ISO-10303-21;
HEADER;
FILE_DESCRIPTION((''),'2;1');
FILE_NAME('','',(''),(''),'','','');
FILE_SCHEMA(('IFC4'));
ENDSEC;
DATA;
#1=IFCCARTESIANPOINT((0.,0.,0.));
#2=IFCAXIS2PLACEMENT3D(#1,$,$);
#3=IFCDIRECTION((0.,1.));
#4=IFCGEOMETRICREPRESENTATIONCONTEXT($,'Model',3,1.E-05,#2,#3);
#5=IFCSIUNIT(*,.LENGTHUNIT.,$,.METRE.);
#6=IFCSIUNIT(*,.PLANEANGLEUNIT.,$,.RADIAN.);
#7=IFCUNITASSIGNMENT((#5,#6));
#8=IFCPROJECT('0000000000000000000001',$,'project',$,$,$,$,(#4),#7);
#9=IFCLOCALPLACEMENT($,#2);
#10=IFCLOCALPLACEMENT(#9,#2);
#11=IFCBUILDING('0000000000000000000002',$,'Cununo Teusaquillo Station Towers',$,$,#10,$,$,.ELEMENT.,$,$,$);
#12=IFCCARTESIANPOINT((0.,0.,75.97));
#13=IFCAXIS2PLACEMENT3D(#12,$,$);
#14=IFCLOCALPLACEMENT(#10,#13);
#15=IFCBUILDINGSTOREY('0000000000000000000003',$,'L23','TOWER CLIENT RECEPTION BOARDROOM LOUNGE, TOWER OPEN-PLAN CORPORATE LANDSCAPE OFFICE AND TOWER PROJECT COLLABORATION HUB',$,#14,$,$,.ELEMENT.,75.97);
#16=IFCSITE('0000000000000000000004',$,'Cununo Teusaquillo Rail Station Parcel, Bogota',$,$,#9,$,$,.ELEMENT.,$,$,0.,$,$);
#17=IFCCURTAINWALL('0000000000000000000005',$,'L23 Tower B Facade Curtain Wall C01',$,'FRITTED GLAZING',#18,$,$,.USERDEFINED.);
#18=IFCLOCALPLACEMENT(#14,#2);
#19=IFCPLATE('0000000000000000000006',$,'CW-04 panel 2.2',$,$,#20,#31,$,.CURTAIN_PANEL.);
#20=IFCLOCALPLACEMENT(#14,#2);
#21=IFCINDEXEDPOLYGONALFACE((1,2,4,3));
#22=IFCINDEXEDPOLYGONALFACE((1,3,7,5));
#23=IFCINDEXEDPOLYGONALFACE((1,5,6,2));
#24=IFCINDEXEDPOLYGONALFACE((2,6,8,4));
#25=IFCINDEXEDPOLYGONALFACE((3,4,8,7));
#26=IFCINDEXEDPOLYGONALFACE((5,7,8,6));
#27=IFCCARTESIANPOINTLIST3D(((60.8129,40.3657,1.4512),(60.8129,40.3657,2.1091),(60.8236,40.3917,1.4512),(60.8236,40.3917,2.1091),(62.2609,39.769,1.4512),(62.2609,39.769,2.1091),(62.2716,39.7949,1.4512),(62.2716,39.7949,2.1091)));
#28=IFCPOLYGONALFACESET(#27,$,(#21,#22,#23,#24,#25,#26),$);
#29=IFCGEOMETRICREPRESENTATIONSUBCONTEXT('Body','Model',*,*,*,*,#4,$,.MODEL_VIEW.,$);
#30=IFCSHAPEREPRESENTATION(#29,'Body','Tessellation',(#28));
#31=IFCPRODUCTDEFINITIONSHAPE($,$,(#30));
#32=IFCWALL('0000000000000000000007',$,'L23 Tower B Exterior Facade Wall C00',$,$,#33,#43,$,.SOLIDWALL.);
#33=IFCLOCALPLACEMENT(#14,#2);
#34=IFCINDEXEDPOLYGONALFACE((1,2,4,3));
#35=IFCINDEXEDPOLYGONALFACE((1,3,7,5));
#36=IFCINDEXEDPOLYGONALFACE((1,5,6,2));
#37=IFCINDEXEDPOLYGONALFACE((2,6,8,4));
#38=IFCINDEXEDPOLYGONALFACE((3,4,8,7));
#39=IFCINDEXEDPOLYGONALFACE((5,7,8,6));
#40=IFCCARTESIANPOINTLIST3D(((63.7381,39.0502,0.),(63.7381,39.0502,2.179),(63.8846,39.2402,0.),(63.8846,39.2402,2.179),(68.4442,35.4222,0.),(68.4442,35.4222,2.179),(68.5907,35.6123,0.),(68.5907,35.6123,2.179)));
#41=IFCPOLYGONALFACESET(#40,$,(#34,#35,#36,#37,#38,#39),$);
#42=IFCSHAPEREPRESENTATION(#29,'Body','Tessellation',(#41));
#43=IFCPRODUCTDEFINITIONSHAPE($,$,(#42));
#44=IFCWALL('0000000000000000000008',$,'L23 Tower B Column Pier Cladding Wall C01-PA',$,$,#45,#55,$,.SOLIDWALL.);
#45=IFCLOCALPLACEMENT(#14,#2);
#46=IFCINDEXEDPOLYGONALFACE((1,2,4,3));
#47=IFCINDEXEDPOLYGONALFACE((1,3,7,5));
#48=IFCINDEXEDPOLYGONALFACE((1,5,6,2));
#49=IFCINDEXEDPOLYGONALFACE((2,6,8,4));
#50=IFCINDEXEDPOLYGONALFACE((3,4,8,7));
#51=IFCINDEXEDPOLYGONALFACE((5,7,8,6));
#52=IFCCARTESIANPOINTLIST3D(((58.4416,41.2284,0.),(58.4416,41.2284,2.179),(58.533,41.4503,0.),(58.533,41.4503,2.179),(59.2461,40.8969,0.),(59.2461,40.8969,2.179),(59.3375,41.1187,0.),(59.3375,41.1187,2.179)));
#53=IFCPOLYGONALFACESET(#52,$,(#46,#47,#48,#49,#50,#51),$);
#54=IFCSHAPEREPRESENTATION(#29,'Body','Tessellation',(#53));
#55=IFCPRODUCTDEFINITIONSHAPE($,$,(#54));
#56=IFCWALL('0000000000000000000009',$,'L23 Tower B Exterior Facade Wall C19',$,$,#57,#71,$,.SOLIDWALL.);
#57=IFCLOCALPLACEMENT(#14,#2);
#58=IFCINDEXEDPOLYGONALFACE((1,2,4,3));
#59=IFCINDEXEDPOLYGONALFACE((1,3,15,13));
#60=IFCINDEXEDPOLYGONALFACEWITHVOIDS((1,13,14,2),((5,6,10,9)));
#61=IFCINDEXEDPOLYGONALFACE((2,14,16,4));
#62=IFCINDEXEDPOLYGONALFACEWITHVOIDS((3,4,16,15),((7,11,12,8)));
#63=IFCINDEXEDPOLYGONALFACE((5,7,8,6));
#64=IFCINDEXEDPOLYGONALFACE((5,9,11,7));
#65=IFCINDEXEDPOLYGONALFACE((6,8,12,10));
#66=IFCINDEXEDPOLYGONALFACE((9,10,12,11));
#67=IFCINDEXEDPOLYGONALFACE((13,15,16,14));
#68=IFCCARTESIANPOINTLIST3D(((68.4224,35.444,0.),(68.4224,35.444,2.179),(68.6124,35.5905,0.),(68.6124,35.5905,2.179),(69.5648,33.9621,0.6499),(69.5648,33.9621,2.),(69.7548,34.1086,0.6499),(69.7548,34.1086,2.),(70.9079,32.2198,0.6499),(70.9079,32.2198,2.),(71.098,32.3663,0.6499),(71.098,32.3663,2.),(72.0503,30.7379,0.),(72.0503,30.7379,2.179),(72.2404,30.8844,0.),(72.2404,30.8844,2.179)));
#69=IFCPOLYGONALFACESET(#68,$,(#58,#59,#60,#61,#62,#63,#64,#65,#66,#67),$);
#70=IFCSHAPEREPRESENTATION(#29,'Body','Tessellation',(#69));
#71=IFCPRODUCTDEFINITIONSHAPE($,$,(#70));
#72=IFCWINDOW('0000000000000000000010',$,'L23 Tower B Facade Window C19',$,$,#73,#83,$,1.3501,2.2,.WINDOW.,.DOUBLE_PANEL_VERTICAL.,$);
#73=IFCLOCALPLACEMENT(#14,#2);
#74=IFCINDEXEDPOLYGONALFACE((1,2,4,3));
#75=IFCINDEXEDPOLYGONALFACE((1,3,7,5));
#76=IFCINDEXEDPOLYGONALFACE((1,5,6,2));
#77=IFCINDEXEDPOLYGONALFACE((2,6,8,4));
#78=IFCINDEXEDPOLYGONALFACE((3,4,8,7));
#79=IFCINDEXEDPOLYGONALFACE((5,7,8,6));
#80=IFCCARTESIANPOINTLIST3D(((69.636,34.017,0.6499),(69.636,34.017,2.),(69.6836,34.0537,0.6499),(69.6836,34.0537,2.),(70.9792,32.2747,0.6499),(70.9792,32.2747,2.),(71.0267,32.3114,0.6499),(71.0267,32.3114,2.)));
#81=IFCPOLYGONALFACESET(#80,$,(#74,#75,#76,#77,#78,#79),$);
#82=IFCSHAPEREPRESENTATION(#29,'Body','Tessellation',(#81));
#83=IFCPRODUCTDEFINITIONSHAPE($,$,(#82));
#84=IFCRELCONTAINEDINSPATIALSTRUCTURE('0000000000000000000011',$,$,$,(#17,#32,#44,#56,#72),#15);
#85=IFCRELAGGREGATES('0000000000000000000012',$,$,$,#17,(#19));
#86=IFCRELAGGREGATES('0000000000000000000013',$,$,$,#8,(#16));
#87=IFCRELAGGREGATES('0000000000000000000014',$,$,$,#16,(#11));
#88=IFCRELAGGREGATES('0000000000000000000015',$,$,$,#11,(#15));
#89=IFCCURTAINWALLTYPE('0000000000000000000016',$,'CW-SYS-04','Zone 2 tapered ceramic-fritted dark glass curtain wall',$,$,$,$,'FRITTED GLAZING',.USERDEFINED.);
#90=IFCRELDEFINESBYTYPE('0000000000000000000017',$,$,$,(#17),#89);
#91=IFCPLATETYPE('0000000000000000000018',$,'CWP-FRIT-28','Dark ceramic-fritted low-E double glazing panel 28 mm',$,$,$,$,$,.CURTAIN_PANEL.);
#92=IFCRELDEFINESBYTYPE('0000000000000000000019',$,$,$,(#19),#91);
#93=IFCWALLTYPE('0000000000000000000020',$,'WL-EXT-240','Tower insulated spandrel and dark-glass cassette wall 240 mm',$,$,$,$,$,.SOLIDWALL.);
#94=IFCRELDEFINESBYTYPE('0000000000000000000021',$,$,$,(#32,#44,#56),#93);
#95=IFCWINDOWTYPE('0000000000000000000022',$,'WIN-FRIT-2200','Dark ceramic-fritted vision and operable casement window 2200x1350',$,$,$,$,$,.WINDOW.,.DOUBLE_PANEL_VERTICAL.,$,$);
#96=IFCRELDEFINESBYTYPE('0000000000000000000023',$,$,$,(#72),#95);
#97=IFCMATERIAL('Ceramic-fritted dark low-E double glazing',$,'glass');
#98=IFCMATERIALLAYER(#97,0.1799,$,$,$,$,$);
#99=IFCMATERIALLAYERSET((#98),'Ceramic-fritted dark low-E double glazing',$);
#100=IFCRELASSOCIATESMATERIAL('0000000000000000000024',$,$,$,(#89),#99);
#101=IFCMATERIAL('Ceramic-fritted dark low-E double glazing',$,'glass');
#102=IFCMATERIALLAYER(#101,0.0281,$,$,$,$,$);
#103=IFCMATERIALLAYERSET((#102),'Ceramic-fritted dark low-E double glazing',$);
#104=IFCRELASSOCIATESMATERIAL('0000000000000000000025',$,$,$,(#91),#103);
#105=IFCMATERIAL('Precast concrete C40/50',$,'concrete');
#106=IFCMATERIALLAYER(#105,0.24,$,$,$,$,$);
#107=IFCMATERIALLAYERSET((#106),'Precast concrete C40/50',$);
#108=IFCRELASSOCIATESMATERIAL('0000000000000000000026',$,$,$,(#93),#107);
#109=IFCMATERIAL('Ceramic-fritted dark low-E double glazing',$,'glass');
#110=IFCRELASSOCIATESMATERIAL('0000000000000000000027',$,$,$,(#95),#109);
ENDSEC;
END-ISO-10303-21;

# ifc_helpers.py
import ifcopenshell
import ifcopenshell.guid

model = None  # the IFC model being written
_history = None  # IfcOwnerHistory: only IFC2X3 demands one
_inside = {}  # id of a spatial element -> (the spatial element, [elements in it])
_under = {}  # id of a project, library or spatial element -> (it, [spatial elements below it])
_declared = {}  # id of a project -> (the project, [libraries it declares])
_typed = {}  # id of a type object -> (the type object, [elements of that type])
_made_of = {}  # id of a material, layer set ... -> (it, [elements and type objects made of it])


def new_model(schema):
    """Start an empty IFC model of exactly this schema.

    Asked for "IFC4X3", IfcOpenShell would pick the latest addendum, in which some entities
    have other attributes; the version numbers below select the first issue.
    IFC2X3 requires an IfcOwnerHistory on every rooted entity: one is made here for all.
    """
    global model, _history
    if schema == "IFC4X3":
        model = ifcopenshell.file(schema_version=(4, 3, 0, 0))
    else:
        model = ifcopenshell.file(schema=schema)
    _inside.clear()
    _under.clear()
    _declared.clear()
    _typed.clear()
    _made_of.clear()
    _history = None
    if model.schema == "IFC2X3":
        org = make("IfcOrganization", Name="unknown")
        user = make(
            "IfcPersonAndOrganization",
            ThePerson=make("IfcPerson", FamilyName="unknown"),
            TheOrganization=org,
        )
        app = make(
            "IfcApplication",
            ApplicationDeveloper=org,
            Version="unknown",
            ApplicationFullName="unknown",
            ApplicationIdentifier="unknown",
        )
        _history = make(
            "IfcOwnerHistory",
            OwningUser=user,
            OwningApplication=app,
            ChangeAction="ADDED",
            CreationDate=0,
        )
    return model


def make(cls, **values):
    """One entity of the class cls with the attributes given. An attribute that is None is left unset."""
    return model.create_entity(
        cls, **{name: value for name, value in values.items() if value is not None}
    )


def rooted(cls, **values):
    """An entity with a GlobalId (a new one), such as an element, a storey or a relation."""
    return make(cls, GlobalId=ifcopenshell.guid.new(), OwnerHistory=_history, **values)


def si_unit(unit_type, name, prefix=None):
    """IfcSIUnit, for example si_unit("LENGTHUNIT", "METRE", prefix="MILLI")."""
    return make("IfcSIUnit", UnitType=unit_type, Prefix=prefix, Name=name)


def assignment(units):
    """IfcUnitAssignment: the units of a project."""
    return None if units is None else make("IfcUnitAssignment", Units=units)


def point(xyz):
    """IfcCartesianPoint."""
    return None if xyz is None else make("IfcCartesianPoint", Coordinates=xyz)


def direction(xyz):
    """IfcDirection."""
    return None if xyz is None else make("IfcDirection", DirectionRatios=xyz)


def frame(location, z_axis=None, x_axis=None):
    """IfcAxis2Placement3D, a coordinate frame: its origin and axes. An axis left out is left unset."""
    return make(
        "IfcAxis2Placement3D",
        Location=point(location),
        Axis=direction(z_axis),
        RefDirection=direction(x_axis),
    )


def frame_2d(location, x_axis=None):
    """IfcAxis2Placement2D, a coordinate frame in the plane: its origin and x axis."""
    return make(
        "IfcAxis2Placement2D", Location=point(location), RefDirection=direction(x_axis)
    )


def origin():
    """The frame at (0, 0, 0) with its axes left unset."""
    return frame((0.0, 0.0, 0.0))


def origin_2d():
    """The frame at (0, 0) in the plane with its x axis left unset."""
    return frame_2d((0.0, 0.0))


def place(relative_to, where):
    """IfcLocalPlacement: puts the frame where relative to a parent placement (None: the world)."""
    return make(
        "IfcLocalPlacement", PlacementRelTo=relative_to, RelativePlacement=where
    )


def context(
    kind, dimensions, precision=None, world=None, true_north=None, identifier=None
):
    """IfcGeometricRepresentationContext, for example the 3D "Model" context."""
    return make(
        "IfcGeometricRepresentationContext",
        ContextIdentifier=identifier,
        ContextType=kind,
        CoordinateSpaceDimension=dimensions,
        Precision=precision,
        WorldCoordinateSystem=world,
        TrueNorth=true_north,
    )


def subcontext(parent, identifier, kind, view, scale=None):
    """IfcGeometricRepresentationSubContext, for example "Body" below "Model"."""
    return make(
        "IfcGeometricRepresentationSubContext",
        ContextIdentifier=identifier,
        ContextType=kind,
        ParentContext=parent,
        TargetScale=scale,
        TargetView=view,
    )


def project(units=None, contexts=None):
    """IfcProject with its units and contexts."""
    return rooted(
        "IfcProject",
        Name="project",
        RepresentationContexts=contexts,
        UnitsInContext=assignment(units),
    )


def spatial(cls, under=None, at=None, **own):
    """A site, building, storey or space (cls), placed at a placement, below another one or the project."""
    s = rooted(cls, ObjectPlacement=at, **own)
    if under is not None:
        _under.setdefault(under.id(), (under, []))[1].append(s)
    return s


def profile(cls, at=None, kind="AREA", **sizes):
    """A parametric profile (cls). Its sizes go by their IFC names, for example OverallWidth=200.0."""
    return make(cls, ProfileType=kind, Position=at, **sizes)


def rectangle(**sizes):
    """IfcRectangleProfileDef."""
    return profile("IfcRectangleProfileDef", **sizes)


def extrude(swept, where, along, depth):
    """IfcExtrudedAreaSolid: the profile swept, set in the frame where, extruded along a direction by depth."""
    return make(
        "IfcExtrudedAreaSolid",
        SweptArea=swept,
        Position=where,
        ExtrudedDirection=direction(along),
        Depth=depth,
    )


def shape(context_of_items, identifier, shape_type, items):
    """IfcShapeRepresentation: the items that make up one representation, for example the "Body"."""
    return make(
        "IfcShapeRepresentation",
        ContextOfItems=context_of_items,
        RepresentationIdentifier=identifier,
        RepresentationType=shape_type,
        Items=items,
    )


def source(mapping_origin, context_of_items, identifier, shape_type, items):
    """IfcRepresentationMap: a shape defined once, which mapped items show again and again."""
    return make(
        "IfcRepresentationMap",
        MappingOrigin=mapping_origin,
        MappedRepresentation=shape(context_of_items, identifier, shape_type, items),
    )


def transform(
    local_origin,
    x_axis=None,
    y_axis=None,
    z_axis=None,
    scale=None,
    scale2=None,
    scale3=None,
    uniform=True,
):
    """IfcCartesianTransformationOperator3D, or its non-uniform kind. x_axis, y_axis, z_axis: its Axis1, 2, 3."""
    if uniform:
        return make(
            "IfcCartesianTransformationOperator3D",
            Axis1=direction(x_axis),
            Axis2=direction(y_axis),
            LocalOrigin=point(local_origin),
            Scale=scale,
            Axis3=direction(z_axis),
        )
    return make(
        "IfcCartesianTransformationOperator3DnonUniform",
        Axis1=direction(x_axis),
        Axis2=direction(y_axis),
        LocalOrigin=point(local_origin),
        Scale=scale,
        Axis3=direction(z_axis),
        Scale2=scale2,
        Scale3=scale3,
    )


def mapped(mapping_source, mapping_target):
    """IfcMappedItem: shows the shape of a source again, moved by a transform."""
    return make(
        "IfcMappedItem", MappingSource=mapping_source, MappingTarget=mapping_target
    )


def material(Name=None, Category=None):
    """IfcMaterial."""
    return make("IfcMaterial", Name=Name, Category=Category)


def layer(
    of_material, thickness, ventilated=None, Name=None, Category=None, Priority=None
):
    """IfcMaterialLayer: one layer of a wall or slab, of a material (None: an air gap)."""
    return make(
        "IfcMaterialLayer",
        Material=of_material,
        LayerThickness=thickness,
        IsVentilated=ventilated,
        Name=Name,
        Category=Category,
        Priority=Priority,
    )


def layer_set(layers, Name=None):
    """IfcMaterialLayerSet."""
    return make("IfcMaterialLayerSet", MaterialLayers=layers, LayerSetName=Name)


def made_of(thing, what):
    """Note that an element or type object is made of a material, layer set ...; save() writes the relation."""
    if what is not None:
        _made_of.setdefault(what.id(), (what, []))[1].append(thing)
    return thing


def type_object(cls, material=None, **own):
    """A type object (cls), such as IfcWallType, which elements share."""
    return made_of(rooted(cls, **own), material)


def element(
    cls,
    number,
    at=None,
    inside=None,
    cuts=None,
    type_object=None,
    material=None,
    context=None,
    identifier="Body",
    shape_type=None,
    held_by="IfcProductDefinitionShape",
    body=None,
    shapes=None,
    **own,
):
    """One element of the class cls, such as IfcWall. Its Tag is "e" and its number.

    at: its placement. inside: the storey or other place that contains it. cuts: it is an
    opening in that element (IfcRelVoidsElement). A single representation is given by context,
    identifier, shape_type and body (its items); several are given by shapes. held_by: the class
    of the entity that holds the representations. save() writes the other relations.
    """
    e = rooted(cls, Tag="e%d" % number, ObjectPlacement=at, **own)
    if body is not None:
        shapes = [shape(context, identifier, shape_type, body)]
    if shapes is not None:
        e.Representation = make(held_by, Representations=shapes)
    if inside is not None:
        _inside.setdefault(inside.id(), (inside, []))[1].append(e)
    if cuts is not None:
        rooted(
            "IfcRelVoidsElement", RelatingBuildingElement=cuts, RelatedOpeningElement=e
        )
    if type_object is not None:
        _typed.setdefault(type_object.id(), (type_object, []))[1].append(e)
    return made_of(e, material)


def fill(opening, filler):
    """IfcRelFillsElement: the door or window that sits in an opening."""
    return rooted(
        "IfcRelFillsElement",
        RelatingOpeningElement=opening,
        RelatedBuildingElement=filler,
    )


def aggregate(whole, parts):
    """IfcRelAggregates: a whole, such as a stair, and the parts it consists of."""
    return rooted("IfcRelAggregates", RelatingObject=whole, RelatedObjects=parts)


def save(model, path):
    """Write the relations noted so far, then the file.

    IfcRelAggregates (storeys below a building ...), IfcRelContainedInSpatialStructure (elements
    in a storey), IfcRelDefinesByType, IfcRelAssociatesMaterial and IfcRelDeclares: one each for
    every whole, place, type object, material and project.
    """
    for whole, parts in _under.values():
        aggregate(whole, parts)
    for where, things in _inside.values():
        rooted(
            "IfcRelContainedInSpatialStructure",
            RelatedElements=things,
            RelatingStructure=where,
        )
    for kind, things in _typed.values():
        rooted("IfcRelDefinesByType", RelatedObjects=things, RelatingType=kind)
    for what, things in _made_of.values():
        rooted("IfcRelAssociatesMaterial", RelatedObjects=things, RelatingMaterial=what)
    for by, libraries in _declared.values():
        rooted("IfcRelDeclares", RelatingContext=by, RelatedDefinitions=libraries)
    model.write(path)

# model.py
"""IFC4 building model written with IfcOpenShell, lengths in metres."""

from ifc_helpers import new_model, si_unit, direction, frame, frame_2d, origin, origin_2d, place, context, subcontext, project, spatial, rectangle, extrude, source, transform, mapped, material, layer, layer_set, type_object, element, fill, aggregate, save


model = new_model("IFC4")

# Units and contexts
model_context = context("Model", 3, precision=1e-05, world=origin(), true_north=direction((0.0, 1.0)))
body_context = subcontext(model_context, "Body", "Model", "MODEL_VIEW")
ifc_project = project(units=[si_unit("LENGTHUNIT", "METRE"), si_unit("PLANEANGLEUNIT", "RADIAN")], contexts=[model_context])

# Site, building, storey
site_placement = place(None, origin())
site = spatial("IfcSite", under=ifc_project, at=site_placement, Name="Cununo Teusaquillo Rail Station Parcel, Bogota", CompositionType="ELEMENT", RefElevation=0.0)
building_placement = place(site_placement, origin())
building = spatial("IfcBuilding", under=site, at=building_placement, Name="Cununo Teusaquillo Station Towers", CompositionType="ELEMENT")
storey_placement = place(building_placement, frame((0.0, 0.0, 75.97)))
storey = spatial("IfcBuildingStorey", under=building, at=storey_placement, Name="L23", Description="TOWER CLIENT RECEPTION BOARDROOM LOUNGE, TOWER OPEN-PLAN CORPORATE LANDSCAPE OFFICE AND TOWER PROJECT COLLABORATION HUB", CompositionType="ELEMENT", Elevation=75.97)

# Curtain wall
ifc_material_1 = material(Name="Ceramic-fritted dark low-E double glazing", Category="glass")
ifc_layer_1 = layer(ifc_material_1, 0.1799)
ifc_layer_set_1 = layer_set([ifc_layer_1], Name="Ceramic-fritted dark low-E double glazing")
curtain_wall_type = type_object("IfcCurtainWallType", Name="CW-SYS-04", Description="Zone 2 tapered ceramic-fritted dark glass curtain wall", ElementType="FRITTED GLAZING", PredefinedType="USERDEFINED", material=ifc_layer_set_1)
curtain_wall_placement = place(storey_placement, origin())
curtain_wall = element("IfcCurtainWall", 1, at=curtain_wall_placement, inside=storey, type_object=curtain_wall_type, Name="L23 Tower B Facade Curtain Wall C01", ObjectType="FRITTED GLAZING", PredefinedType="USERDEFINED")

# Plate
ifc_material_2 = material(Name="Ceramic-fritted dark low-E double glazing", Category="glass")
ifc_layer_2 = layer(ifc_material_2, 0.0281)
ifc_layer_set_2 = layer_set([ifc_layer_2], Name="Ceramic-fritted dark low-E double glazing")
plate_type_1 = type_object("IfcPlateType", Name="CWP-FRIT-28", Description="Dark ceramic-fritted low-E double glazing panel 28 mm", PredefinedType="CURTAIN_PANEL", material=ifc_layer_set_2)
shared_shape_1 = source(origin(), body_context, "Body", "SweptSolid", [
    extrude(rectangle(XDim=1.5662, YDim=0.0281, at=origin_2d()), origin(), (0.0, 0.0, 1.0), 0.658),
])
plate_1_placement = place(storey_placement, frame((61.5422, 40.0803, 1.4512), z_axis=(0.0, 0.0, 1.0), x_axis=(0.924562, -0.381031, 0.0)))
plate_1 = element("IfcPlate", 2, at=plate_1_placement, type_object=plate_type_1, Name="CW-04 panel 2.2", PredefinedType="CURTAIN_PANEL", context=body_context, shape_type="MappedRepresentation", body=[
    mapped(shared_shape_1, transform((0.0, 0.0, 0.0), x_axis=(1.0, 0.0, 0.0), y_axis=(0.0, 1.0, 0.0), z_axis=(0.0, 0.0, 1.0), scale=1.0)),
])
aggregate(curtain_wall, [plate_1])

# Walls
ifc_material_3 = material(Name="Precast concrete C40/50", Category="concrete")
ifc_layer_3 = layer(ifc_material_3, 0.24)
ifc_layer_set_3 = layer_set([ifc_layer_3], Name="Precast concrete C40/50")
wall_type = type_object("IfcWallType", Name="WL-EXT-240", Description="Tower insulated spandrel and dark-glass cassette wall 240 mm", PredefinedType="SOLIDWALL", material=ifc_layer_set_3)
wall_1_placement = place(storey_placement, frame((63.8113, 39.1453, 0.0), z_axis=(0.0, 0.0, 1.0), x_axis=(0.791982, -0.610544, 0.0)))
element("IfcWall", 3, at=wall_1_placement, inside=storey, type_object=wall_type, Name="L23 Tower B Exterior Facade Wall C00", PredefinedType="SOLIDWALL", context=body_context, shape_type="SweptSolid", body=[
    extrude(rectangle(XDim=5.9421, YDim=0.24, at=frame_2d((2.9712, 0.0))), origin(), (0.0, 0.0, 1.0), 2.179),
])
wall_2_placement = place(storey_placement, frame((58.4873, 41.3394, 0.0), z_axis=(0.0, 0.0, 1.0), x_axis=(0.924556, -0.381046, 0.0)))
element("IfcWall", 4, at=wall_2_placement, inside=storey, type_object=wall_type, Name="L23 Tower B Column Pier Cladding Wall C01-PA", PredefinedType="SOLIDWALL", context=body_context, shape_type="SweptSolid", body=[
    extrude(rectangle(XDim=0.8701, YDim=0.24, at=frame_2d((0.4351, 0.0))), origin(), (0.0, 0.0, 1.0), 2.179),
])

# Wall, opening, window
wall_3_placement = place(storey_placement, frame((68.5173, 35.5173, 0.0), z_axis=(0.0, 0.0, 1.0), x_axis=(0.610544, -0.791982, 0.0)))
wall_3 = element("IfcWall", 5, at=wall_3_placement, inside=storey, type_object=wall_type, Name="L23 Tower B Exterior Facade Wall C19", PredefinedType="SOLIDWALL", context=body_context, shape_type="SweptSolid", body=[
    extrude(rectangle(XDim=5.9421, YDim=0.24, at=frame_2d((2.9712, 0.0))), origin(), (0.0, 0.0, 1.0), 2.179),
])
shared_shape_2 = source(origin(), body_context, "Body", "SweptSolid", [
    extrude(rectangle(XDim=2.2, YDim=1.3501, at=frame_2d((1.1001, 0.675))), frame((0.0, 0.1299, 0.0), z_axis=(0.0, -1.0, 0.0), x_axis=(1.0, 0.0, 0.0)), (0.0, 0.0, 1.0), 0.26),
])
opening_placement = place(wall_3_placement, frame((1.8711, 0.0, 0.6499)))
opening = element("IfcOpeningElement", 6, at=opening_placement, cuts=wall_3, PredefinedType="OPENING", context=body_context, shape_type="MappedRepresentation", body=[
    mapped(shared_shape_2, transform((0.0, 0.0, 0.0), x_axis=(1.0, 0.0, 0.0), y_axis=(0.0, 1.0, 0.0), z_axis=(0.0, 0.0, 1.0), scale=1.0)),
])
ifc_material_4 = material(Name="Ceramic-fritted dark low-E double glazing", Category="glass")
window_type = type_object("IfcWindowType", Name="WIN-FRIT-2200", Description="Dark ceramic-fritted vision and operable casement window 2200x1350", PartitioningType="DOUBLE_PANEL_VERTICAL", PredefinedType="WINDOW", material=ifc_material_4)
shared_shape_3 = source(origin(), body_context, "Body", "SweptSolid", [
    extrude(rectangle(XDim=2.2, YDim=1.3501, at=frame_2d((1.1001, 0.675))), frame((0.0, 0.03, 0.0), z_axis=(0.0, -1.0, 0.0), x_axis=(1.0, 0.0, 0.0)), (0.0, 0.0, 1.0), 0.0601),
])
window_placement = place(opening_placement, origin())
window = element("IfcWindow", 7, at=window_placement, inside=storey, type_object=window_type, Name="L23 Tower B Facade Window C19", OverallHeight=1.3501, OverallWidth=2.2, PartitioningType="DOUBLE_PANEL_VERTICAL", PredefinedType="WINDOW", context=body_context, shape_type="MappedRepresentation", body=[
    mapped(shared_shape_3, transform((0.0, 0.0, 0.0), x_axis=(1.0, 0.0, 0.0), y_axis=(0.0, 1.0, 0.0), z_axis=(0.0, 0.0, 1.0), scale=1.0)),
])
fill(opening, window)

save(model, "model.ifc")
